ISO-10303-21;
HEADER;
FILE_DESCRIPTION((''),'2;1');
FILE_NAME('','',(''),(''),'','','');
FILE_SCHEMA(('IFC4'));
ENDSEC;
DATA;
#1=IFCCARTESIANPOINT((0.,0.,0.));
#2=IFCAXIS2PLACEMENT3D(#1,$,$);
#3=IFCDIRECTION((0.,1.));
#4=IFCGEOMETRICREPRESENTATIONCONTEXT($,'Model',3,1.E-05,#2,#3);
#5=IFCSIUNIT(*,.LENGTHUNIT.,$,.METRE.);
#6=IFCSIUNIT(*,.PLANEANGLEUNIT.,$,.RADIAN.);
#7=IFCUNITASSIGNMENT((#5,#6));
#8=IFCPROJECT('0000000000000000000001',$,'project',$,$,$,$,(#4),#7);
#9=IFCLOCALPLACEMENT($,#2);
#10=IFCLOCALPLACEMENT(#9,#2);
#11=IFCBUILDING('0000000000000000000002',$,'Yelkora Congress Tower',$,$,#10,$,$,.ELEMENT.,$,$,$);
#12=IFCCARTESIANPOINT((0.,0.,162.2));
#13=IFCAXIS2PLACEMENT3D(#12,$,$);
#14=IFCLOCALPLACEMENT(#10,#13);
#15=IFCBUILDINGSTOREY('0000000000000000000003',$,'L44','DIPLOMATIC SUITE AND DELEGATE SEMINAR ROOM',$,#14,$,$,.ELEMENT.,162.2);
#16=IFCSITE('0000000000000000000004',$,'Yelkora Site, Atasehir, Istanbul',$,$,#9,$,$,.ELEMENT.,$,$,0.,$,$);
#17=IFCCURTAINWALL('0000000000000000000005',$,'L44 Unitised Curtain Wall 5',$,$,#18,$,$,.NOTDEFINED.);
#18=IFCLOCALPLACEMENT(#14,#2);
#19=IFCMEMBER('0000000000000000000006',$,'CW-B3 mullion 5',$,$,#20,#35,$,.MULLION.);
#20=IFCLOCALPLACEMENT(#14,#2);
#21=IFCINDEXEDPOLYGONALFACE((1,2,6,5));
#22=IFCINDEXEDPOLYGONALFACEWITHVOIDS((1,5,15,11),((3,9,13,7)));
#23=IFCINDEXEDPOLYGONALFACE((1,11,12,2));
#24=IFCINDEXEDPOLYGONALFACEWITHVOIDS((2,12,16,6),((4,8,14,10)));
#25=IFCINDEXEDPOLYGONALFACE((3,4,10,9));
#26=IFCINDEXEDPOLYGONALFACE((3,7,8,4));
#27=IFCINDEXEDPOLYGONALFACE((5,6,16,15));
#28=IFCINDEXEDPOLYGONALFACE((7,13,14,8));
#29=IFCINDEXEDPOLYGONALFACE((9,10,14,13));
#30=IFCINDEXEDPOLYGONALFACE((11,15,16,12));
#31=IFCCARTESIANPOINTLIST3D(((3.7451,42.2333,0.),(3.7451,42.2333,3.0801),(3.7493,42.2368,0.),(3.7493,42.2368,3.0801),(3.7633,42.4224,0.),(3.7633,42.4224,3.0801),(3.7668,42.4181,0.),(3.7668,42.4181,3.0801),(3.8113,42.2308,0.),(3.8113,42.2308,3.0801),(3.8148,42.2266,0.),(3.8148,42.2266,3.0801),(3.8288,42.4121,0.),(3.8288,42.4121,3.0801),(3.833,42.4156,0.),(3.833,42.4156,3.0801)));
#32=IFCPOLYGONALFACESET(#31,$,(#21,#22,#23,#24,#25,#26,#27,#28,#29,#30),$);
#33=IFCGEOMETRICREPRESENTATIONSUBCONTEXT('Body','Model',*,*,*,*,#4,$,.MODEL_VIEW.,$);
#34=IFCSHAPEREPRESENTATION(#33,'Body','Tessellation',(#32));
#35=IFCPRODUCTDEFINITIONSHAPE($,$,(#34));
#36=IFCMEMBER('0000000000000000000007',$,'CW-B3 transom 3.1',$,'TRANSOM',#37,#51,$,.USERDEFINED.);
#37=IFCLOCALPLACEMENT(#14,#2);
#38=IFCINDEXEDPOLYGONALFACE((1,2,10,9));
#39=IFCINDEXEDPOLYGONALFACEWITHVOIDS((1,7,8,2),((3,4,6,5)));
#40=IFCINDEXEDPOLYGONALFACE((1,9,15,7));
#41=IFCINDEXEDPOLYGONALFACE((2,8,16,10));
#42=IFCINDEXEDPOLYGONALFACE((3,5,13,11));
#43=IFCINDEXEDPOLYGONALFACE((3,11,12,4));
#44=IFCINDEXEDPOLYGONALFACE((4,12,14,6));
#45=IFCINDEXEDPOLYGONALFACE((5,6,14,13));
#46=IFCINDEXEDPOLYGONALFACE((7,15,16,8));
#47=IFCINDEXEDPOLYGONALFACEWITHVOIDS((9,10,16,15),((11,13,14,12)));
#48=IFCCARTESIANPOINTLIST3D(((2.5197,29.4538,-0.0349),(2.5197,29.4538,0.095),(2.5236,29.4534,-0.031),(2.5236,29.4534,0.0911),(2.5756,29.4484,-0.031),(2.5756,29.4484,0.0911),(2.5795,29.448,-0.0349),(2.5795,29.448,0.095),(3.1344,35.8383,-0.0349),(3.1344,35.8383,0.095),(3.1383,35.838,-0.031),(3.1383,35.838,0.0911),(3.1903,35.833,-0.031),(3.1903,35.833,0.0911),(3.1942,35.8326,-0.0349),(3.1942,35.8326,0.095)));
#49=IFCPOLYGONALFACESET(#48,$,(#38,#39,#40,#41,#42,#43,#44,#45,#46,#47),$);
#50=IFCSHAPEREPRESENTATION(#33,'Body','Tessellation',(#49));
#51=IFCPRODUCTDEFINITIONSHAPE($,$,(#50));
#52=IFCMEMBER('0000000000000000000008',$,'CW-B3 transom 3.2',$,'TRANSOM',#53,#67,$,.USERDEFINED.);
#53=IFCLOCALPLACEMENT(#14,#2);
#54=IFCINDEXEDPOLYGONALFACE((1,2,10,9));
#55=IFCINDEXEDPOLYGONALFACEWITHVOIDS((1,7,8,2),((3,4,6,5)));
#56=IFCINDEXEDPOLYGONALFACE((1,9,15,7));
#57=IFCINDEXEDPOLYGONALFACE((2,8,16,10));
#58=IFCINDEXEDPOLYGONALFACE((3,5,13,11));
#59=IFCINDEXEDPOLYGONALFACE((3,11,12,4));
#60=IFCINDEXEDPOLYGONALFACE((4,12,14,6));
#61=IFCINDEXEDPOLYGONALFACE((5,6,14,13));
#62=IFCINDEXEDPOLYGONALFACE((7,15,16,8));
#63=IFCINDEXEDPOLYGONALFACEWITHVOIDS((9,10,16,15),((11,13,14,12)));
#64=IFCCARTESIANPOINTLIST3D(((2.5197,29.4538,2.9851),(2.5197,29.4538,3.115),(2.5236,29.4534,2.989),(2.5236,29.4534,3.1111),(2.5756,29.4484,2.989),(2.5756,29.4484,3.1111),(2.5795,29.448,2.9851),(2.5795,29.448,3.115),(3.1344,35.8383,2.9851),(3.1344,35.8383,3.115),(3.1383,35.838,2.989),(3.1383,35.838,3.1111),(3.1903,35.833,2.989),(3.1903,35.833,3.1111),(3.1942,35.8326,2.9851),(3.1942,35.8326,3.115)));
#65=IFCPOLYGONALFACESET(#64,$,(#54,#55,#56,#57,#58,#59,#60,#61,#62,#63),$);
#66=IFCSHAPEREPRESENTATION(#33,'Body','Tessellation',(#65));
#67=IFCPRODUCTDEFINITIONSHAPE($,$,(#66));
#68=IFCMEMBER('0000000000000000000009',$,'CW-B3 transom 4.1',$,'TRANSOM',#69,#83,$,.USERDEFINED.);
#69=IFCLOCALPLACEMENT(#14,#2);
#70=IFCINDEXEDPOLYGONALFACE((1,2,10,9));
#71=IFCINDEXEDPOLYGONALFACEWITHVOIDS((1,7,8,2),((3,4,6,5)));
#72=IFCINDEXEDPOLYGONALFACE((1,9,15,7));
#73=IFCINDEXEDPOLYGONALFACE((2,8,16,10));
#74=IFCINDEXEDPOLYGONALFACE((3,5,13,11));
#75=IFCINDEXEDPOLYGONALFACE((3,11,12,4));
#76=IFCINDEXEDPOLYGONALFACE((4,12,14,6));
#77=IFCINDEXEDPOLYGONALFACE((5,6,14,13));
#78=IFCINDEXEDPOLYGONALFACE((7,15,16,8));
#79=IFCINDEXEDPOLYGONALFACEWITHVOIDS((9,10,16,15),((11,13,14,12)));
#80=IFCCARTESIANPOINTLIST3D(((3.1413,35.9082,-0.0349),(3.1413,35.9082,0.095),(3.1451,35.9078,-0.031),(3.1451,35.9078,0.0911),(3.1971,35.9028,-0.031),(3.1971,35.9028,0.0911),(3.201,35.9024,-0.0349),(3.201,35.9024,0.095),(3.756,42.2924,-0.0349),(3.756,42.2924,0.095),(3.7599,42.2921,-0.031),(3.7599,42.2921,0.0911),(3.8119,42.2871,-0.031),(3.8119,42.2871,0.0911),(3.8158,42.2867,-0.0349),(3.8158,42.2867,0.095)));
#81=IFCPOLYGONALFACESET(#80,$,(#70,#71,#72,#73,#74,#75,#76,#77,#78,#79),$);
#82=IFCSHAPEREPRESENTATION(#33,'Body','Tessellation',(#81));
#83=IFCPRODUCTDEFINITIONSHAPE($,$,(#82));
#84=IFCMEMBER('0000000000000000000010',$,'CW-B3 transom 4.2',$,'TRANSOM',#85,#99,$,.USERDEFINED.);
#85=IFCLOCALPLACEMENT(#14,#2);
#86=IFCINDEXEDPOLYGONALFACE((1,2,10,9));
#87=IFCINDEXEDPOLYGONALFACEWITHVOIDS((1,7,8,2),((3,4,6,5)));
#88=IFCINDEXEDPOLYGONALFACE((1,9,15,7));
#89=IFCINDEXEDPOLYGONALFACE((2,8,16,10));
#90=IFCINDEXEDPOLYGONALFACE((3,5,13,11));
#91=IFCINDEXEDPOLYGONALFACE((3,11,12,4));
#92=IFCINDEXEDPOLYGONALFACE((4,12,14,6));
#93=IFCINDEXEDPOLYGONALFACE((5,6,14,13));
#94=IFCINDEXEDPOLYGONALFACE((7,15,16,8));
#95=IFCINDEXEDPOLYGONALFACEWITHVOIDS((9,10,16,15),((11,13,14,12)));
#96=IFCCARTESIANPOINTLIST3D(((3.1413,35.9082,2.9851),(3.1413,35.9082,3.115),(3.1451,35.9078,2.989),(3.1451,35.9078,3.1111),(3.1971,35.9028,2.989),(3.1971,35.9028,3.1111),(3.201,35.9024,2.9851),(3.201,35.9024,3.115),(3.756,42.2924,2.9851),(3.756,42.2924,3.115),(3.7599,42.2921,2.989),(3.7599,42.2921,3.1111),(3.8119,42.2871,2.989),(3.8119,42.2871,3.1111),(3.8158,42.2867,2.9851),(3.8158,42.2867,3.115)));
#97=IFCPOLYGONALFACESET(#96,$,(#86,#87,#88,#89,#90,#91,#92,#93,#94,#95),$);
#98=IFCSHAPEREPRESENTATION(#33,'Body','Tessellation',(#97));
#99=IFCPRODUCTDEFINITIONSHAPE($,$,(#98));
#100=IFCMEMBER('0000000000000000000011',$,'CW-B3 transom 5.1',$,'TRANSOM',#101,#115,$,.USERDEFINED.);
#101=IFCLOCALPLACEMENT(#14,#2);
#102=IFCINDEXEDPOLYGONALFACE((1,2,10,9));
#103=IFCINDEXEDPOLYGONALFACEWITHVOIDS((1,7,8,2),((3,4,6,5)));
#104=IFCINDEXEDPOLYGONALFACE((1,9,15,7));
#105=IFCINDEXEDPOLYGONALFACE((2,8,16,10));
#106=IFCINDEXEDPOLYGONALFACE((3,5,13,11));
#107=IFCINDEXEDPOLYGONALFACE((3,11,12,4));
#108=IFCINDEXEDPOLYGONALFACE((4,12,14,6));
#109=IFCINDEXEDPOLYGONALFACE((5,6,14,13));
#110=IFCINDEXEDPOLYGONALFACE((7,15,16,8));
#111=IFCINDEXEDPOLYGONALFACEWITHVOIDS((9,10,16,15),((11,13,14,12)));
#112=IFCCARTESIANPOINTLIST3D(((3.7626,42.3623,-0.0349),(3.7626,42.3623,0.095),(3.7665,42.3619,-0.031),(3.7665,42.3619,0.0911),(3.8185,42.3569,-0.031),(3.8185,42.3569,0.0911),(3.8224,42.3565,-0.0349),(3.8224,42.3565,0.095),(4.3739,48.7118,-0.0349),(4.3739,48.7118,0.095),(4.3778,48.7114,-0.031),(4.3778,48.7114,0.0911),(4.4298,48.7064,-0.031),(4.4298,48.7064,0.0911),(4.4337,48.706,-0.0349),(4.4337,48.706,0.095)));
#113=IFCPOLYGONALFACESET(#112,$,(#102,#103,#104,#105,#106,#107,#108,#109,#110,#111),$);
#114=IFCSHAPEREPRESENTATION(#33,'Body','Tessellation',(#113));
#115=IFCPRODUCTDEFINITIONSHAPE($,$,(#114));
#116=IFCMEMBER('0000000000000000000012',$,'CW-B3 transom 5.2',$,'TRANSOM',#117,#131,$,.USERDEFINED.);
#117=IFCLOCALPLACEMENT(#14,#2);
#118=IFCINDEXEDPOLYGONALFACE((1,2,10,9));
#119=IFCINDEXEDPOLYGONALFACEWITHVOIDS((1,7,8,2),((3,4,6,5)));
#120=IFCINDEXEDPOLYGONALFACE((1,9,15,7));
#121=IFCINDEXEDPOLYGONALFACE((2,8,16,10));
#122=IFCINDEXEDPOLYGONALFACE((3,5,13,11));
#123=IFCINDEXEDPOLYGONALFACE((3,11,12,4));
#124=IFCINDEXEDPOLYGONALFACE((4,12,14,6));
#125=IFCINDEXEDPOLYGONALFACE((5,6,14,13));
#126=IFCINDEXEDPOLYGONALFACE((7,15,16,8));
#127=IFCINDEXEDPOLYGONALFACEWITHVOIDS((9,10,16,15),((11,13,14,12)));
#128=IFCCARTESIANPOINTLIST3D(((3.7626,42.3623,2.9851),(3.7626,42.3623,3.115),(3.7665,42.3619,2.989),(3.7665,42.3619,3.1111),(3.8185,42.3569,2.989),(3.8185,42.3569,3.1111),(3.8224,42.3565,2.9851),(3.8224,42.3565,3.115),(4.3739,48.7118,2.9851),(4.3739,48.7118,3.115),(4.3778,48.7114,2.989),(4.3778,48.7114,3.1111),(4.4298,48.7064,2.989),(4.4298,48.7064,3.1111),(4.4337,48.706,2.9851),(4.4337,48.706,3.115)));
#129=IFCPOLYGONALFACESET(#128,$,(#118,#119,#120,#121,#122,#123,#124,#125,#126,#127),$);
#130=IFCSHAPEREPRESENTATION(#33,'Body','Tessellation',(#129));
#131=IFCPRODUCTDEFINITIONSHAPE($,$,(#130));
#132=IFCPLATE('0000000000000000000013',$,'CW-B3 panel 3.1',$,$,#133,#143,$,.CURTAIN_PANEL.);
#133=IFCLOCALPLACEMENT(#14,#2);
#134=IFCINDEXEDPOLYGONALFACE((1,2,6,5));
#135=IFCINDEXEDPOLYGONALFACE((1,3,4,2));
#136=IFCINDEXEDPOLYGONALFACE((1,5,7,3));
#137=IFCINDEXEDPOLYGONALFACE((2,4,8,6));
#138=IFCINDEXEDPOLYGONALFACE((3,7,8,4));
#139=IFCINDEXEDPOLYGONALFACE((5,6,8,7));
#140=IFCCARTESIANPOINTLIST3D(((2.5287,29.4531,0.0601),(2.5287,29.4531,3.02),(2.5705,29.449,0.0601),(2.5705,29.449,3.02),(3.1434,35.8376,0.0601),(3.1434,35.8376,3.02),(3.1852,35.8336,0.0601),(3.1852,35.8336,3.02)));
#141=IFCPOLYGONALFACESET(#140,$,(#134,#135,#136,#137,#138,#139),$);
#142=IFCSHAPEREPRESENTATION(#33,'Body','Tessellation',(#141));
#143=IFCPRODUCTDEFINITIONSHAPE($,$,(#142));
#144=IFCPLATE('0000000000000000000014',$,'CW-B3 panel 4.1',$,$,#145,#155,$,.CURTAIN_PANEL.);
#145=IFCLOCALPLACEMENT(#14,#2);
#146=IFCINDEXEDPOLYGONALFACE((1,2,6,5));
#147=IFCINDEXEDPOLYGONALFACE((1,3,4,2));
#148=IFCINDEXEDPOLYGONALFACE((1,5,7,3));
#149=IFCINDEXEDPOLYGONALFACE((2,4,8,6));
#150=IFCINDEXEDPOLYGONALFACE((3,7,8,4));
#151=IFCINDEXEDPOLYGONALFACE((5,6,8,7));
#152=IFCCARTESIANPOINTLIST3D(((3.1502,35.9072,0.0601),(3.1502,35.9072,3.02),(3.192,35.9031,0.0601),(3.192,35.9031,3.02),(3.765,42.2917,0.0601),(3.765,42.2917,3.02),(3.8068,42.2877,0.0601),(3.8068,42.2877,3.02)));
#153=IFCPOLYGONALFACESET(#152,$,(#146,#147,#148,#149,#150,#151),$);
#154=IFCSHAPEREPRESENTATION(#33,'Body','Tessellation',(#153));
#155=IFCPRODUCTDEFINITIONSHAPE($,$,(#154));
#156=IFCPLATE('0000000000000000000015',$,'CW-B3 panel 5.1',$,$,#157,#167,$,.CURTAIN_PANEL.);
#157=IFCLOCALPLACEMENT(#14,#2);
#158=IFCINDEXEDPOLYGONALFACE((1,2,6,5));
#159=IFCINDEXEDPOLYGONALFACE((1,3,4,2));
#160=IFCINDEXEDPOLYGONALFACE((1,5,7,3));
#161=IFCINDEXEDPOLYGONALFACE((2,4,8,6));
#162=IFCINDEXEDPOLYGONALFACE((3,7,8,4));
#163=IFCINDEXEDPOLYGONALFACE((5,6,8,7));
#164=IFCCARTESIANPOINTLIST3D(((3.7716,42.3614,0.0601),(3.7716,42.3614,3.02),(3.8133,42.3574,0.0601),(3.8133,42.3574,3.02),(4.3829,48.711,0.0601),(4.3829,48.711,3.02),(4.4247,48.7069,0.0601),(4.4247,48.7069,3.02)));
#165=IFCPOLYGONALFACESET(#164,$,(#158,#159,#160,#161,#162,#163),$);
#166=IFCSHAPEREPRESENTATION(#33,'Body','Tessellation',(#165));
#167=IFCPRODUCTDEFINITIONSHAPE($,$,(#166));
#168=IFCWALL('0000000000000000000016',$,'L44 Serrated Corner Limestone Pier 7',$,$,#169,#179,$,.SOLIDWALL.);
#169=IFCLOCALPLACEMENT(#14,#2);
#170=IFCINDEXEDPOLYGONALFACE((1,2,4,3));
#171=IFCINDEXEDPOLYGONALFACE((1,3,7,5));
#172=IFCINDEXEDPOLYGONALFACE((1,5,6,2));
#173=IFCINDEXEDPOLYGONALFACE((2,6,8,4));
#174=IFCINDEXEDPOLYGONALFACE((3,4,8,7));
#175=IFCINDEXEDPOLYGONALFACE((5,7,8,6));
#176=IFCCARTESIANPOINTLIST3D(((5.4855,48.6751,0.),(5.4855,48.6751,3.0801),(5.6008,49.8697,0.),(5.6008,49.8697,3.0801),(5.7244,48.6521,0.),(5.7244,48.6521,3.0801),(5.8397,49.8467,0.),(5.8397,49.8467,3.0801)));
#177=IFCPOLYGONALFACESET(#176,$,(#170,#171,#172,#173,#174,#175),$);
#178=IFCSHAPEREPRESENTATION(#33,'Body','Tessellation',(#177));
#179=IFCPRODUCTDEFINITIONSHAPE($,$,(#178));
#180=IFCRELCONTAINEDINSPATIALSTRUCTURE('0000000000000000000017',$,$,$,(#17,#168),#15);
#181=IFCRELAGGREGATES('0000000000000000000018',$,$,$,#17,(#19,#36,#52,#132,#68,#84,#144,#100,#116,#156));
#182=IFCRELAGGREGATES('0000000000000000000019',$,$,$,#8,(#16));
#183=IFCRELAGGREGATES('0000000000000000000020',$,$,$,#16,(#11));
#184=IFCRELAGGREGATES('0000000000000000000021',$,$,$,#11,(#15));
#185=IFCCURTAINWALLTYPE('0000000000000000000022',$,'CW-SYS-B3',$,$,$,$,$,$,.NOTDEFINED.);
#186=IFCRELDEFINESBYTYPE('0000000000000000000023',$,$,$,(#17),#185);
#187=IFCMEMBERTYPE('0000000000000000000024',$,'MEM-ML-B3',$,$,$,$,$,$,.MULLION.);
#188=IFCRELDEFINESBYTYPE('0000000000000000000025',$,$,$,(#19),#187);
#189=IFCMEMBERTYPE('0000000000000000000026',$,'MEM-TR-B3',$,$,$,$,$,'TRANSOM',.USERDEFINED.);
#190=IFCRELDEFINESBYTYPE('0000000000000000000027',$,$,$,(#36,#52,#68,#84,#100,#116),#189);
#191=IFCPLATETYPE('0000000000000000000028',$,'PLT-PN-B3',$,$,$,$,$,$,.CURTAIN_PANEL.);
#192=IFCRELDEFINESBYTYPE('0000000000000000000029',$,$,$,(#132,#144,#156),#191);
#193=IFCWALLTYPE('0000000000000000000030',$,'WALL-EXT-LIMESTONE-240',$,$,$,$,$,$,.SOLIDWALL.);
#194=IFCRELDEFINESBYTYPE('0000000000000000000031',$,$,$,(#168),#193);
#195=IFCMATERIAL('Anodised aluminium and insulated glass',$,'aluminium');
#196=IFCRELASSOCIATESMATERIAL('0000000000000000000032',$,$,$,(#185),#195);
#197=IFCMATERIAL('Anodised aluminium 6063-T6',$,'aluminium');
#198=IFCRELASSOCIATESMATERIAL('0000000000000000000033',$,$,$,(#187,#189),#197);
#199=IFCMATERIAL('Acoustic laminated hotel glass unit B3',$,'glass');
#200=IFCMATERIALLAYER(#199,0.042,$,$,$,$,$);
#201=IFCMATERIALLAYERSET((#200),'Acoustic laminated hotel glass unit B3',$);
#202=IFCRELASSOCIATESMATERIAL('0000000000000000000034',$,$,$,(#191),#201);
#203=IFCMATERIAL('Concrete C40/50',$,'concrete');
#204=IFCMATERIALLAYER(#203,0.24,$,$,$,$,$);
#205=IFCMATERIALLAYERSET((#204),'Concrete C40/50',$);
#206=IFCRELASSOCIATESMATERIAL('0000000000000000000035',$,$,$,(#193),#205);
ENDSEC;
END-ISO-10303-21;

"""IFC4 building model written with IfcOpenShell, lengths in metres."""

from ifc_helpers import new_model, si_unit, direction, frame, frame_2d, origin, origin_2d, place, context, subcontext, project, spatial, rectangle, hollow_rectangle, extrude, material, layer, layer_set, material_profile, profile_set, type_object, element, aggregate, save


model = new_model("IFC4")

# Units and contexts
model_context = context("Model", 3, precision=1e-05, world=origin(), true_north=direction((0.0, 1.0)))
body_context = subcontext(model_context, "Body", "Model", "MODEL_VIEW")
ifc_project = project(units=[si_unit("LENGTHUNIT", "METRE"), si_unit("PLANEANGLEUNIT", "RADIAN")], contexts=[model_context])

# Site, building, storey
site_placement = place(None, origin())
site = spatial("IfcSite", under=ifc_project, at=site_placement, Name="Yelkora Site, Atasehir, Istanbul", CompositionType="ELEMENT", RefElevation=0.0)
building_placement = place(site_placement, origin())
building = spatial("IfcBuilding", under=site, at=building_placement, Name="Yelkora Congress Tower", CompositionType="ELEMENT")
storey_placement = place(building_placement, frame((0.0, 0.0, 162.2)))
storey = spatial("IfcBuildingStorey", under=building, at=storey_placement, Name="L44", Description="DIPLOMATIC SUITE AND DELEGATE SEMINAR ROOM", CompositionType="ELEMENT", Elevation=162.2)

# Curtain wall, members, plates
ifc_material_1 = material(Name="Anodised aluminium and insulated glass", Category="aluminium")
curtain_wall_type = type_object("IfcCurtainWallType", Name="CW-SYS-B3", PredefinedType="NOTDEFINED", material=ifc_material_1)
curtain_wall_placement = place(storey_placement, origin())
curtain_wall = element("IfcCurtainWall", 1, at=curtain_wall_placement, inside=storey, type_object=curtain_wall_type, Name="L44 Unitised Curtain Wall 5", PredefinedType="NOTDEFINED")
ifc_material_2 = material(Name="Anodised aluminium 6063-T6", Category="aluminium")
ifc_material_profile_1 = material_profile(ifc_material_2, hollow_rectangle(XDim=0.0701, YDim=0.1899, WallThickness=0.0039, at=origin_2d()), Name="ALU 70x190x4")
ifc_profile_set_1 = profile_set([ifc_material_profile_1], Name="Anodised aluminium 6063-T6")
member_type_1 = type_object("IfcMemberType", Name="MEM-ML-B3", PredefinedType="MULLION", material=ifc_profile_set_1)
member_1_placement = place(storey_placement, frame((3.7891, 42.3245, 0.0), z_axis=(0.0, 0.0, 1.0), x_axis=(-0.995396, 0.095845, 0.0)))
member_1 = element("IfcMember", 2, at=member_1_placement, type_object=member_type_1, Name="CW-B3 mullion 5", PredefinedType="MULLION", context=body_context, shape_type="SweptSolid", body=[
    extrude(hollow_rectangle(XDim=0.0701, YDim=0.1899, WallThickness=0.0039, at=origin_2d()), origin(), (0.0, 0.0, 1.0), 3.0801),
])
ifc_material_profile_2 = material_profile(ifc_material_2, hollow_rectangle(XDim=0.0601, YDim=0.1299, WallThickness=0.0039, at=origin_2d()), Name="ALU 60x130x4")
ifc_profile_set_2 = profile_set([ifc_material_profile_2], Name="Anodised aluminium 6063-T6")
member_type_2 = type_object("IfcMemberType", Name="MEM-TR-B3", ElementType="TRANSOM", PredefinedType="USERDEFINED", material=ifc_profile_set_2)
member_2_placement = place(storey_placement, frame((2.5496, 29.4509, 0.03), z_axis=(0.095844, 0.995396, 0.0), x_axis=(-0.995396, 0.095844, 0.0)))
member_2 = element("IfcMember", 3, at=member_2_placement, type_object=member_type_2, Name="CW-B3 transom 3.1", ObjectType="TRANSOM", PredefinedType="USERDEFINED", context=body_context, shape_type="SweptSolid", body=[
    extrude(hollow_rectangle(XDim=0.0601, YDim=0.1299, WallThickness=0.0039, at=origin_2d()), origin(), (0.0, 0.0, 1.0), 6.4141),
])
member_3_placement = place(storey_placement, frame((2.5496, 29.4509, 3.05), z_axis=(0.095844, 0.995396, 0.0), x_axis=(-0.995396, 0.095844, 0.0)))
member_3 = element("IfcMember", 4, at=member_3_placement, type_object=member_type_2, Name="CW-B3 transom 3.2", ObjectType="TRANSOM", PredefinedType="USERDEFINED", context=body_context, shape_type="SweptSolid", body=[
    extrude(hollow_rectangle(XDim=0.0601, YDim=0.1299, WallThickness=0.0039, at=origin_2d()), origin(), (0.0, 0.0, 1.0), 6.4141),
])
member_4_placement = place(storey_placement, frame((3.1711, 35.9053, 0.03), z_axis=(0.095847, 0.995396, 0.0), x_axis=(-0.995396, 0.095847, 0.0)))
member_4 = element("IfcMember", 5, at=member_4_placement, type_object=member_type_2, Name="CW-B3 transom 4.1", ObjectType="TRANSOM", PredefinedType="USERDEFINED", context=body_context, shape_type="SweptSolid", body=[
    extrude(hollow_rectangle(XDim=0.0601, YDim=0.1299, WallThickness=0.0039, at=origin_2d()), origin(), (0.0, 0.0, 1.0), 6.4138),
])
member_5_placement = place(storey_placement, frame((3.1711, 35.9053, 3.05), z_axis=(0.095847, 0.995396, 0.0), x_axis=(-0.995396, 0.095847, 0.0)))
member_5 = element("IfcMember", 6, at=member_5_placement, type_object=member_type_2, Name="CW-B3 transom 4.2", ObjectType="TRANSOM", PredefinedType="USERDEFINED", context=body_context, shape_type="SweptSolid", body=[
    extrude(hollow_rectangle(XDim=0.0601, YDim=0.1299, WallThickness=0.0039, at=origin_2d()), origin(), (0.0, 0.0, 1.0), 6.4138),
])
member_6_placement = place(storey_placement, frame((3.7925, 42.3594, 0.03), z_axis=(0.095835, 0.995397, 0.0), x_axis=(-0.995397, 0.095835, 0.0)))
member_6 = element("IfcMember", 7, at=member_6_placement, type_object=member_type_2, Name="CW-B3 transom 5.1", ObjectType="TRANSOM", PredefinedType="USERDEFINED", context=body_context, shape_type="SweptSolid", body=[
    extrude(hollow_rectangle(XDim=0.0601, YDim=0.1299, WallThickness=0.0039, at=origin_2d()), origin(), (0.0, 0.0, 1.0), 6.3789),
])
member_7_placement = place(storey_placement, frame((3.7925, 42.3594, 3.05), z_axis=(0.095835, 0.995397, 0.0), x_axis=(-0.995397, 0.095835, 0.0)))
member_7 = element("IfcMember", 8, at=member_7_placement, type_object=member_type_2, Name="CW-B3 transom 5.2", ObjectType="TRANSOM", PredefinedType="USERDEFINED", context=body_context, shape_type="SweptSolid", body=[
    extrude(hollow_rectangle(XDim=0.0601, YDim=0.1299, WallThickness=0.0039, at=origin_2d()), origin(), (0.0, 0.0, 1.0), 6.3789),
])
ifc_material_3 = material(Name="Acoustic laminated hotel glass unit B3", Category="glass")
ifc_layer_1 = layer(ifc_material_3, 0.042)
ifc_layer_set_1 = layer_set([ifc_layer_1], Name="Acoustic laminated hotel glass unit B3")
plate_type = type_object("IfcPlateType", Name="PLT-PN-B3", PredefinedType="CURTAIN_PANEL", material=ifc_layer_set_1)
plate_1_placement = place(storey_placement, frame((2.8569, 32.6433, 0.0601), z_axis=(0.0, 0.0, 1.0), x_axis=(0.095845, 0.995396, 0.0)))
plate_1 = element("IfcPlate", 9, at=plate_1_placement, type_object=plate_type, Name="CW-B3 panel 3.1", PredefinedType="CURTAIN_PANEL", context=body_context, shape_type="SweptSolid", body=[
    extrude(rectangle(XDim=6.4141, YDim=0.042, at=origin_2d()), origin(), (0.0, 0.0, 1.0), 2.96),
])
plate_2_placement = place(storey_placement, frame((3.4785, 39.0974, 0.0601), z_axis=(0.0, 0.0, 1.0), x_axis=(0.095845, 0.995396, 0.0)))
plate_2 = element("IfcPlate", 10, at=plate_2_placement, type_object=plate_type, Name="CW-B3 panel 4.1", PredefinedType="CURTAIN_PANEL", context=body_context, shape_type="SweptSolid", body=[
    extrude(rectangle(XDim=6.4141, YDim=0.042, at=origin_2d()), origin(), (0.0, 0.0, 1.0), 2.96),
])
plate_3_placement = place(storey_placement, frame((4.0981, 45.5342, 0.0601), z_axis=(0.0, 0.0, 1.0), x_axis=(0.095845, 0.995396, 0.0)))
plate_3 = element("IfcPlate", 11, at=plate_3_placement, type_object=plate_type, Name="CW-B3 panel 5.1", PredefinedType="CURTAIN_PANEL", context=body_context, shape_type="SweptSolid", body=[
    extrude(rectangle(XDim=6.3789, YDim=0.042, at=origin_2d()), origin(), (0.0, 0.0, 1.0), 2.96),
])
aggregate(curtain_wall, [member_1, member_2, member_3, plate_1, member_4, member_5, plate_2, member_6, member_7, plate_3])

# Wall
ifc_material_4 = material(Name="Concrete C40/50", Category="concrete")
ifc_layer_2 = layer(ifc_material_4, 0.24)
ifc_layer_set_2 = layer_set([ifc_layer_2], Name="Concrete C40/50")
wall_type_1 = type_object("IfcWallType", Name="WALL-EXT-LIMESTONE-240", PredefinedType="SOLIDWALL", material=ifc_layer_set_2)
wall_1_placement = place(storey_placement, frame((5.605, 48.6636, 0.0), z_axis=(0.0, 0.0, 1.0), x_axis=(0.096019, 0.99538, 0.0)))
element("IfcWall", 12, at=wall_1_placement, inside=storey, type_object=wall_type_1, Name="L44 Serrated Corner Limestone Pier 7", PredefinedType="SOLIDWALL", context=body_context, shape_type="SweptSolid", body=[
    extrude(rectangle(XDim=1.2002, YDim=0.24, at=frame_2d((0.6001, 0.0))), origin(), (0.0, 0.0, 1.0), 3.0801),
])

save(model, "model.ifc")
